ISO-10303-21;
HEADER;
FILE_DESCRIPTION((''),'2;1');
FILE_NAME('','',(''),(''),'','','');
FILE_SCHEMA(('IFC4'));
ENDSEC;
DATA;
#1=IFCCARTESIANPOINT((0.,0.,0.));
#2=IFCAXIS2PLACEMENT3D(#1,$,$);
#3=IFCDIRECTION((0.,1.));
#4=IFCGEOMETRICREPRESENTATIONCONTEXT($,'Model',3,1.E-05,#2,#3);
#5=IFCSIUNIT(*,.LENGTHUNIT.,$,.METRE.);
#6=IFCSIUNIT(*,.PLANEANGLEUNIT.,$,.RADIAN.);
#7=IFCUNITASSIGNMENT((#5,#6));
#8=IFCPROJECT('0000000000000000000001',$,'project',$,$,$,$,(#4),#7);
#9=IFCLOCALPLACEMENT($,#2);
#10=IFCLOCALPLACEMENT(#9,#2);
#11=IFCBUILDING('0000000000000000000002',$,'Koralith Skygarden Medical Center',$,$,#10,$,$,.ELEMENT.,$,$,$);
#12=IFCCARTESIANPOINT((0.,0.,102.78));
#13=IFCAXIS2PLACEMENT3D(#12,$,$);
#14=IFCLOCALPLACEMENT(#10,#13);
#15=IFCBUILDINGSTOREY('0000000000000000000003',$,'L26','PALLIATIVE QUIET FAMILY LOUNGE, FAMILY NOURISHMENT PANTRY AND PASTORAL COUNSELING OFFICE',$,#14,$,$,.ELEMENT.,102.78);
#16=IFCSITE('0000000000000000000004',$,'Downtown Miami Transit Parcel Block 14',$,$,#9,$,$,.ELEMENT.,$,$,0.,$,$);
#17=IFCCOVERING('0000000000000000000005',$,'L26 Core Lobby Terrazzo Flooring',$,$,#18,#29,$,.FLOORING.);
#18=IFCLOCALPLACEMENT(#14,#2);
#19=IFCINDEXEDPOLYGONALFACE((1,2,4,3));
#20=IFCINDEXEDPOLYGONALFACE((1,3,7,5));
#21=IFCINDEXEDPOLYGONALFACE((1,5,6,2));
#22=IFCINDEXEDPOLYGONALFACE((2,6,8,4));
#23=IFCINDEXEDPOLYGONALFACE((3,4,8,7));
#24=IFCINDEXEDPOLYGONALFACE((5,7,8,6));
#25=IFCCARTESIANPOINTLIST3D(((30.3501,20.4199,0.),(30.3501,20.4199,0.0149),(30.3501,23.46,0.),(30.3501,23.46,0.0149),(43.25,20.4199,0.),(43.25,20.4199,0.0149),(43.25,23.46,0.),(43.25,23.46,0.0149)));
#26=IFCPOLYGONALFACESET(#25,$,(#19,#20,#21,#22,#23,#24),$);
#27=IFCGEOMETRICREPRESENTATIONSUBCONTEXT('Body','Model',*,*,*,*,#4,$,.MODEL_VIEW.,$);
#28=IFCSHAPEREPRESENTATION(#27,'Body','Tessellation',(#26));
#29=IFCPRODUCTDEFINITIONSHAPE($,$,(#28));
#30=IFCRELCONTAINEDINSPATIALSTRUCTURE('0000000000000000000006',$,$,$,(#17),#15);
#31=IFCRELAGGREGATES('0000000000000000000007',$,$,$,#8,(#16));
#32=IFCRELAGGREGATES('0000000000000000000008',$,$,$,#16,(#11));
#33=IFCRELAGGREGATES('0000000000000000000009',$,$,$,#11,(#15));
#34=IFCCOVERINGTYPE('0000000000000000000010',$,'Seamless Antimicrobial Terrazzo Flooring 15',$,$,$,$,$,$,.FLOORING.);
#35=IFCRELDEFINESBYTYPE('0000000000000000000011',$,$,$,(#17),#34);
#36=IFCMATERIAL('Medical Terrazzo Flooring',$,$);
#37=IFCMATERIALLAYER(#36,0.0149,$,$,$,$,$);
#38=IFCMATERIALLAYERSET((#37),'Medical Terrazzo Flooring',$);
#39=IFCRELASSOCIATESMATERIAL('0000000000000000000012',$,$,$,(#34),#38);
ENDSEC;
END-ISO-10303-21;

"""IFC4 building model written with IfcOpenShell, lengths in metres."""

from ifc_helpers import new_model, si_unit, direction, frame, origin, place, context, subcontext, project, spatial, polyline, outline, extrude, material, layer, layer_set, type_object, element, save


model = new_model("IFC4")

# Units and contexts
model_context = context("Model", 3, precision=1e-05, world=origin(), true_north=direction((0.0, 1.0)))
body_context = subcontext(model_context, "Body", "Model", "MODEL_VIEW")
ifc_project = project(units=[si_unit("LENGTHUNIT", "METRE"), si_unit("PLANEANGLEUNIT", "RADIAN")], contexts=[model_context])

# Site, building, storey
site_placement = place(None, origin())
site = spatial("IfcSite", under=ifc_project, at=site_placement, Name="Downtown Miami Transit Parcel Block 14", CompositionType="ELEMENT", RefElevation=0.0)
building_placement = place(site_placement, origin())
building = spatial("IfcBuilding", under=site, at=building_placement, Name="Koralith Skygarden Medical Center", CompositionType="ELEMENT")
storey_placement = place(building_placement, frame((0.0, 0.0, 102.78)))
storey = spatial("IfcBuildingStorey", under=building, at=storey_placement, Name="L26", Description="PALLIATIVE QUIET FAMILY LOUNGE, FAMILY NOURISHMENT PANTRY AND PASTORAL COUNSELING OFFICE", CompositionType="ELEMENT", Elevation=102.78)

# Covering
ifc_material_1 = material(Name="Medical Terrazzo Flooring")
ifc_layer_1 = layer(ifc_material_1, 0.0149)
ifc_layer_set_1 = layer_set([ifc_layer_1], Name="Medical Terrazzo Flooring")
covering_type_1 = type_object("IfcCoveringType", Name="Seamless Antimicrobial Terrazzo Flooring 15", PredefinedType="FLOORING", material=ifc_layer_set_1)
covering_1_placement = place(storey_placement, origin())
element("IfcCovering", 1, at=covering_1_placement, inside=storey, type_object=covering_type_1, Name="L26 Core Lobby Terrazzo Flooring", PredefinedType="FLOORING", context=body_context, shape_type="SweptSolid", body=[
    extrude(outline(polyline([(30.3501, 20.4199), (43.25, 20.4199), (43.25, 23.46), (30.3501, 23.46), (30.3501, 20.4199)])), origin(), (0.0, 0.0, 1.0), 0.0149),
])

save(model, "model.ifc")
